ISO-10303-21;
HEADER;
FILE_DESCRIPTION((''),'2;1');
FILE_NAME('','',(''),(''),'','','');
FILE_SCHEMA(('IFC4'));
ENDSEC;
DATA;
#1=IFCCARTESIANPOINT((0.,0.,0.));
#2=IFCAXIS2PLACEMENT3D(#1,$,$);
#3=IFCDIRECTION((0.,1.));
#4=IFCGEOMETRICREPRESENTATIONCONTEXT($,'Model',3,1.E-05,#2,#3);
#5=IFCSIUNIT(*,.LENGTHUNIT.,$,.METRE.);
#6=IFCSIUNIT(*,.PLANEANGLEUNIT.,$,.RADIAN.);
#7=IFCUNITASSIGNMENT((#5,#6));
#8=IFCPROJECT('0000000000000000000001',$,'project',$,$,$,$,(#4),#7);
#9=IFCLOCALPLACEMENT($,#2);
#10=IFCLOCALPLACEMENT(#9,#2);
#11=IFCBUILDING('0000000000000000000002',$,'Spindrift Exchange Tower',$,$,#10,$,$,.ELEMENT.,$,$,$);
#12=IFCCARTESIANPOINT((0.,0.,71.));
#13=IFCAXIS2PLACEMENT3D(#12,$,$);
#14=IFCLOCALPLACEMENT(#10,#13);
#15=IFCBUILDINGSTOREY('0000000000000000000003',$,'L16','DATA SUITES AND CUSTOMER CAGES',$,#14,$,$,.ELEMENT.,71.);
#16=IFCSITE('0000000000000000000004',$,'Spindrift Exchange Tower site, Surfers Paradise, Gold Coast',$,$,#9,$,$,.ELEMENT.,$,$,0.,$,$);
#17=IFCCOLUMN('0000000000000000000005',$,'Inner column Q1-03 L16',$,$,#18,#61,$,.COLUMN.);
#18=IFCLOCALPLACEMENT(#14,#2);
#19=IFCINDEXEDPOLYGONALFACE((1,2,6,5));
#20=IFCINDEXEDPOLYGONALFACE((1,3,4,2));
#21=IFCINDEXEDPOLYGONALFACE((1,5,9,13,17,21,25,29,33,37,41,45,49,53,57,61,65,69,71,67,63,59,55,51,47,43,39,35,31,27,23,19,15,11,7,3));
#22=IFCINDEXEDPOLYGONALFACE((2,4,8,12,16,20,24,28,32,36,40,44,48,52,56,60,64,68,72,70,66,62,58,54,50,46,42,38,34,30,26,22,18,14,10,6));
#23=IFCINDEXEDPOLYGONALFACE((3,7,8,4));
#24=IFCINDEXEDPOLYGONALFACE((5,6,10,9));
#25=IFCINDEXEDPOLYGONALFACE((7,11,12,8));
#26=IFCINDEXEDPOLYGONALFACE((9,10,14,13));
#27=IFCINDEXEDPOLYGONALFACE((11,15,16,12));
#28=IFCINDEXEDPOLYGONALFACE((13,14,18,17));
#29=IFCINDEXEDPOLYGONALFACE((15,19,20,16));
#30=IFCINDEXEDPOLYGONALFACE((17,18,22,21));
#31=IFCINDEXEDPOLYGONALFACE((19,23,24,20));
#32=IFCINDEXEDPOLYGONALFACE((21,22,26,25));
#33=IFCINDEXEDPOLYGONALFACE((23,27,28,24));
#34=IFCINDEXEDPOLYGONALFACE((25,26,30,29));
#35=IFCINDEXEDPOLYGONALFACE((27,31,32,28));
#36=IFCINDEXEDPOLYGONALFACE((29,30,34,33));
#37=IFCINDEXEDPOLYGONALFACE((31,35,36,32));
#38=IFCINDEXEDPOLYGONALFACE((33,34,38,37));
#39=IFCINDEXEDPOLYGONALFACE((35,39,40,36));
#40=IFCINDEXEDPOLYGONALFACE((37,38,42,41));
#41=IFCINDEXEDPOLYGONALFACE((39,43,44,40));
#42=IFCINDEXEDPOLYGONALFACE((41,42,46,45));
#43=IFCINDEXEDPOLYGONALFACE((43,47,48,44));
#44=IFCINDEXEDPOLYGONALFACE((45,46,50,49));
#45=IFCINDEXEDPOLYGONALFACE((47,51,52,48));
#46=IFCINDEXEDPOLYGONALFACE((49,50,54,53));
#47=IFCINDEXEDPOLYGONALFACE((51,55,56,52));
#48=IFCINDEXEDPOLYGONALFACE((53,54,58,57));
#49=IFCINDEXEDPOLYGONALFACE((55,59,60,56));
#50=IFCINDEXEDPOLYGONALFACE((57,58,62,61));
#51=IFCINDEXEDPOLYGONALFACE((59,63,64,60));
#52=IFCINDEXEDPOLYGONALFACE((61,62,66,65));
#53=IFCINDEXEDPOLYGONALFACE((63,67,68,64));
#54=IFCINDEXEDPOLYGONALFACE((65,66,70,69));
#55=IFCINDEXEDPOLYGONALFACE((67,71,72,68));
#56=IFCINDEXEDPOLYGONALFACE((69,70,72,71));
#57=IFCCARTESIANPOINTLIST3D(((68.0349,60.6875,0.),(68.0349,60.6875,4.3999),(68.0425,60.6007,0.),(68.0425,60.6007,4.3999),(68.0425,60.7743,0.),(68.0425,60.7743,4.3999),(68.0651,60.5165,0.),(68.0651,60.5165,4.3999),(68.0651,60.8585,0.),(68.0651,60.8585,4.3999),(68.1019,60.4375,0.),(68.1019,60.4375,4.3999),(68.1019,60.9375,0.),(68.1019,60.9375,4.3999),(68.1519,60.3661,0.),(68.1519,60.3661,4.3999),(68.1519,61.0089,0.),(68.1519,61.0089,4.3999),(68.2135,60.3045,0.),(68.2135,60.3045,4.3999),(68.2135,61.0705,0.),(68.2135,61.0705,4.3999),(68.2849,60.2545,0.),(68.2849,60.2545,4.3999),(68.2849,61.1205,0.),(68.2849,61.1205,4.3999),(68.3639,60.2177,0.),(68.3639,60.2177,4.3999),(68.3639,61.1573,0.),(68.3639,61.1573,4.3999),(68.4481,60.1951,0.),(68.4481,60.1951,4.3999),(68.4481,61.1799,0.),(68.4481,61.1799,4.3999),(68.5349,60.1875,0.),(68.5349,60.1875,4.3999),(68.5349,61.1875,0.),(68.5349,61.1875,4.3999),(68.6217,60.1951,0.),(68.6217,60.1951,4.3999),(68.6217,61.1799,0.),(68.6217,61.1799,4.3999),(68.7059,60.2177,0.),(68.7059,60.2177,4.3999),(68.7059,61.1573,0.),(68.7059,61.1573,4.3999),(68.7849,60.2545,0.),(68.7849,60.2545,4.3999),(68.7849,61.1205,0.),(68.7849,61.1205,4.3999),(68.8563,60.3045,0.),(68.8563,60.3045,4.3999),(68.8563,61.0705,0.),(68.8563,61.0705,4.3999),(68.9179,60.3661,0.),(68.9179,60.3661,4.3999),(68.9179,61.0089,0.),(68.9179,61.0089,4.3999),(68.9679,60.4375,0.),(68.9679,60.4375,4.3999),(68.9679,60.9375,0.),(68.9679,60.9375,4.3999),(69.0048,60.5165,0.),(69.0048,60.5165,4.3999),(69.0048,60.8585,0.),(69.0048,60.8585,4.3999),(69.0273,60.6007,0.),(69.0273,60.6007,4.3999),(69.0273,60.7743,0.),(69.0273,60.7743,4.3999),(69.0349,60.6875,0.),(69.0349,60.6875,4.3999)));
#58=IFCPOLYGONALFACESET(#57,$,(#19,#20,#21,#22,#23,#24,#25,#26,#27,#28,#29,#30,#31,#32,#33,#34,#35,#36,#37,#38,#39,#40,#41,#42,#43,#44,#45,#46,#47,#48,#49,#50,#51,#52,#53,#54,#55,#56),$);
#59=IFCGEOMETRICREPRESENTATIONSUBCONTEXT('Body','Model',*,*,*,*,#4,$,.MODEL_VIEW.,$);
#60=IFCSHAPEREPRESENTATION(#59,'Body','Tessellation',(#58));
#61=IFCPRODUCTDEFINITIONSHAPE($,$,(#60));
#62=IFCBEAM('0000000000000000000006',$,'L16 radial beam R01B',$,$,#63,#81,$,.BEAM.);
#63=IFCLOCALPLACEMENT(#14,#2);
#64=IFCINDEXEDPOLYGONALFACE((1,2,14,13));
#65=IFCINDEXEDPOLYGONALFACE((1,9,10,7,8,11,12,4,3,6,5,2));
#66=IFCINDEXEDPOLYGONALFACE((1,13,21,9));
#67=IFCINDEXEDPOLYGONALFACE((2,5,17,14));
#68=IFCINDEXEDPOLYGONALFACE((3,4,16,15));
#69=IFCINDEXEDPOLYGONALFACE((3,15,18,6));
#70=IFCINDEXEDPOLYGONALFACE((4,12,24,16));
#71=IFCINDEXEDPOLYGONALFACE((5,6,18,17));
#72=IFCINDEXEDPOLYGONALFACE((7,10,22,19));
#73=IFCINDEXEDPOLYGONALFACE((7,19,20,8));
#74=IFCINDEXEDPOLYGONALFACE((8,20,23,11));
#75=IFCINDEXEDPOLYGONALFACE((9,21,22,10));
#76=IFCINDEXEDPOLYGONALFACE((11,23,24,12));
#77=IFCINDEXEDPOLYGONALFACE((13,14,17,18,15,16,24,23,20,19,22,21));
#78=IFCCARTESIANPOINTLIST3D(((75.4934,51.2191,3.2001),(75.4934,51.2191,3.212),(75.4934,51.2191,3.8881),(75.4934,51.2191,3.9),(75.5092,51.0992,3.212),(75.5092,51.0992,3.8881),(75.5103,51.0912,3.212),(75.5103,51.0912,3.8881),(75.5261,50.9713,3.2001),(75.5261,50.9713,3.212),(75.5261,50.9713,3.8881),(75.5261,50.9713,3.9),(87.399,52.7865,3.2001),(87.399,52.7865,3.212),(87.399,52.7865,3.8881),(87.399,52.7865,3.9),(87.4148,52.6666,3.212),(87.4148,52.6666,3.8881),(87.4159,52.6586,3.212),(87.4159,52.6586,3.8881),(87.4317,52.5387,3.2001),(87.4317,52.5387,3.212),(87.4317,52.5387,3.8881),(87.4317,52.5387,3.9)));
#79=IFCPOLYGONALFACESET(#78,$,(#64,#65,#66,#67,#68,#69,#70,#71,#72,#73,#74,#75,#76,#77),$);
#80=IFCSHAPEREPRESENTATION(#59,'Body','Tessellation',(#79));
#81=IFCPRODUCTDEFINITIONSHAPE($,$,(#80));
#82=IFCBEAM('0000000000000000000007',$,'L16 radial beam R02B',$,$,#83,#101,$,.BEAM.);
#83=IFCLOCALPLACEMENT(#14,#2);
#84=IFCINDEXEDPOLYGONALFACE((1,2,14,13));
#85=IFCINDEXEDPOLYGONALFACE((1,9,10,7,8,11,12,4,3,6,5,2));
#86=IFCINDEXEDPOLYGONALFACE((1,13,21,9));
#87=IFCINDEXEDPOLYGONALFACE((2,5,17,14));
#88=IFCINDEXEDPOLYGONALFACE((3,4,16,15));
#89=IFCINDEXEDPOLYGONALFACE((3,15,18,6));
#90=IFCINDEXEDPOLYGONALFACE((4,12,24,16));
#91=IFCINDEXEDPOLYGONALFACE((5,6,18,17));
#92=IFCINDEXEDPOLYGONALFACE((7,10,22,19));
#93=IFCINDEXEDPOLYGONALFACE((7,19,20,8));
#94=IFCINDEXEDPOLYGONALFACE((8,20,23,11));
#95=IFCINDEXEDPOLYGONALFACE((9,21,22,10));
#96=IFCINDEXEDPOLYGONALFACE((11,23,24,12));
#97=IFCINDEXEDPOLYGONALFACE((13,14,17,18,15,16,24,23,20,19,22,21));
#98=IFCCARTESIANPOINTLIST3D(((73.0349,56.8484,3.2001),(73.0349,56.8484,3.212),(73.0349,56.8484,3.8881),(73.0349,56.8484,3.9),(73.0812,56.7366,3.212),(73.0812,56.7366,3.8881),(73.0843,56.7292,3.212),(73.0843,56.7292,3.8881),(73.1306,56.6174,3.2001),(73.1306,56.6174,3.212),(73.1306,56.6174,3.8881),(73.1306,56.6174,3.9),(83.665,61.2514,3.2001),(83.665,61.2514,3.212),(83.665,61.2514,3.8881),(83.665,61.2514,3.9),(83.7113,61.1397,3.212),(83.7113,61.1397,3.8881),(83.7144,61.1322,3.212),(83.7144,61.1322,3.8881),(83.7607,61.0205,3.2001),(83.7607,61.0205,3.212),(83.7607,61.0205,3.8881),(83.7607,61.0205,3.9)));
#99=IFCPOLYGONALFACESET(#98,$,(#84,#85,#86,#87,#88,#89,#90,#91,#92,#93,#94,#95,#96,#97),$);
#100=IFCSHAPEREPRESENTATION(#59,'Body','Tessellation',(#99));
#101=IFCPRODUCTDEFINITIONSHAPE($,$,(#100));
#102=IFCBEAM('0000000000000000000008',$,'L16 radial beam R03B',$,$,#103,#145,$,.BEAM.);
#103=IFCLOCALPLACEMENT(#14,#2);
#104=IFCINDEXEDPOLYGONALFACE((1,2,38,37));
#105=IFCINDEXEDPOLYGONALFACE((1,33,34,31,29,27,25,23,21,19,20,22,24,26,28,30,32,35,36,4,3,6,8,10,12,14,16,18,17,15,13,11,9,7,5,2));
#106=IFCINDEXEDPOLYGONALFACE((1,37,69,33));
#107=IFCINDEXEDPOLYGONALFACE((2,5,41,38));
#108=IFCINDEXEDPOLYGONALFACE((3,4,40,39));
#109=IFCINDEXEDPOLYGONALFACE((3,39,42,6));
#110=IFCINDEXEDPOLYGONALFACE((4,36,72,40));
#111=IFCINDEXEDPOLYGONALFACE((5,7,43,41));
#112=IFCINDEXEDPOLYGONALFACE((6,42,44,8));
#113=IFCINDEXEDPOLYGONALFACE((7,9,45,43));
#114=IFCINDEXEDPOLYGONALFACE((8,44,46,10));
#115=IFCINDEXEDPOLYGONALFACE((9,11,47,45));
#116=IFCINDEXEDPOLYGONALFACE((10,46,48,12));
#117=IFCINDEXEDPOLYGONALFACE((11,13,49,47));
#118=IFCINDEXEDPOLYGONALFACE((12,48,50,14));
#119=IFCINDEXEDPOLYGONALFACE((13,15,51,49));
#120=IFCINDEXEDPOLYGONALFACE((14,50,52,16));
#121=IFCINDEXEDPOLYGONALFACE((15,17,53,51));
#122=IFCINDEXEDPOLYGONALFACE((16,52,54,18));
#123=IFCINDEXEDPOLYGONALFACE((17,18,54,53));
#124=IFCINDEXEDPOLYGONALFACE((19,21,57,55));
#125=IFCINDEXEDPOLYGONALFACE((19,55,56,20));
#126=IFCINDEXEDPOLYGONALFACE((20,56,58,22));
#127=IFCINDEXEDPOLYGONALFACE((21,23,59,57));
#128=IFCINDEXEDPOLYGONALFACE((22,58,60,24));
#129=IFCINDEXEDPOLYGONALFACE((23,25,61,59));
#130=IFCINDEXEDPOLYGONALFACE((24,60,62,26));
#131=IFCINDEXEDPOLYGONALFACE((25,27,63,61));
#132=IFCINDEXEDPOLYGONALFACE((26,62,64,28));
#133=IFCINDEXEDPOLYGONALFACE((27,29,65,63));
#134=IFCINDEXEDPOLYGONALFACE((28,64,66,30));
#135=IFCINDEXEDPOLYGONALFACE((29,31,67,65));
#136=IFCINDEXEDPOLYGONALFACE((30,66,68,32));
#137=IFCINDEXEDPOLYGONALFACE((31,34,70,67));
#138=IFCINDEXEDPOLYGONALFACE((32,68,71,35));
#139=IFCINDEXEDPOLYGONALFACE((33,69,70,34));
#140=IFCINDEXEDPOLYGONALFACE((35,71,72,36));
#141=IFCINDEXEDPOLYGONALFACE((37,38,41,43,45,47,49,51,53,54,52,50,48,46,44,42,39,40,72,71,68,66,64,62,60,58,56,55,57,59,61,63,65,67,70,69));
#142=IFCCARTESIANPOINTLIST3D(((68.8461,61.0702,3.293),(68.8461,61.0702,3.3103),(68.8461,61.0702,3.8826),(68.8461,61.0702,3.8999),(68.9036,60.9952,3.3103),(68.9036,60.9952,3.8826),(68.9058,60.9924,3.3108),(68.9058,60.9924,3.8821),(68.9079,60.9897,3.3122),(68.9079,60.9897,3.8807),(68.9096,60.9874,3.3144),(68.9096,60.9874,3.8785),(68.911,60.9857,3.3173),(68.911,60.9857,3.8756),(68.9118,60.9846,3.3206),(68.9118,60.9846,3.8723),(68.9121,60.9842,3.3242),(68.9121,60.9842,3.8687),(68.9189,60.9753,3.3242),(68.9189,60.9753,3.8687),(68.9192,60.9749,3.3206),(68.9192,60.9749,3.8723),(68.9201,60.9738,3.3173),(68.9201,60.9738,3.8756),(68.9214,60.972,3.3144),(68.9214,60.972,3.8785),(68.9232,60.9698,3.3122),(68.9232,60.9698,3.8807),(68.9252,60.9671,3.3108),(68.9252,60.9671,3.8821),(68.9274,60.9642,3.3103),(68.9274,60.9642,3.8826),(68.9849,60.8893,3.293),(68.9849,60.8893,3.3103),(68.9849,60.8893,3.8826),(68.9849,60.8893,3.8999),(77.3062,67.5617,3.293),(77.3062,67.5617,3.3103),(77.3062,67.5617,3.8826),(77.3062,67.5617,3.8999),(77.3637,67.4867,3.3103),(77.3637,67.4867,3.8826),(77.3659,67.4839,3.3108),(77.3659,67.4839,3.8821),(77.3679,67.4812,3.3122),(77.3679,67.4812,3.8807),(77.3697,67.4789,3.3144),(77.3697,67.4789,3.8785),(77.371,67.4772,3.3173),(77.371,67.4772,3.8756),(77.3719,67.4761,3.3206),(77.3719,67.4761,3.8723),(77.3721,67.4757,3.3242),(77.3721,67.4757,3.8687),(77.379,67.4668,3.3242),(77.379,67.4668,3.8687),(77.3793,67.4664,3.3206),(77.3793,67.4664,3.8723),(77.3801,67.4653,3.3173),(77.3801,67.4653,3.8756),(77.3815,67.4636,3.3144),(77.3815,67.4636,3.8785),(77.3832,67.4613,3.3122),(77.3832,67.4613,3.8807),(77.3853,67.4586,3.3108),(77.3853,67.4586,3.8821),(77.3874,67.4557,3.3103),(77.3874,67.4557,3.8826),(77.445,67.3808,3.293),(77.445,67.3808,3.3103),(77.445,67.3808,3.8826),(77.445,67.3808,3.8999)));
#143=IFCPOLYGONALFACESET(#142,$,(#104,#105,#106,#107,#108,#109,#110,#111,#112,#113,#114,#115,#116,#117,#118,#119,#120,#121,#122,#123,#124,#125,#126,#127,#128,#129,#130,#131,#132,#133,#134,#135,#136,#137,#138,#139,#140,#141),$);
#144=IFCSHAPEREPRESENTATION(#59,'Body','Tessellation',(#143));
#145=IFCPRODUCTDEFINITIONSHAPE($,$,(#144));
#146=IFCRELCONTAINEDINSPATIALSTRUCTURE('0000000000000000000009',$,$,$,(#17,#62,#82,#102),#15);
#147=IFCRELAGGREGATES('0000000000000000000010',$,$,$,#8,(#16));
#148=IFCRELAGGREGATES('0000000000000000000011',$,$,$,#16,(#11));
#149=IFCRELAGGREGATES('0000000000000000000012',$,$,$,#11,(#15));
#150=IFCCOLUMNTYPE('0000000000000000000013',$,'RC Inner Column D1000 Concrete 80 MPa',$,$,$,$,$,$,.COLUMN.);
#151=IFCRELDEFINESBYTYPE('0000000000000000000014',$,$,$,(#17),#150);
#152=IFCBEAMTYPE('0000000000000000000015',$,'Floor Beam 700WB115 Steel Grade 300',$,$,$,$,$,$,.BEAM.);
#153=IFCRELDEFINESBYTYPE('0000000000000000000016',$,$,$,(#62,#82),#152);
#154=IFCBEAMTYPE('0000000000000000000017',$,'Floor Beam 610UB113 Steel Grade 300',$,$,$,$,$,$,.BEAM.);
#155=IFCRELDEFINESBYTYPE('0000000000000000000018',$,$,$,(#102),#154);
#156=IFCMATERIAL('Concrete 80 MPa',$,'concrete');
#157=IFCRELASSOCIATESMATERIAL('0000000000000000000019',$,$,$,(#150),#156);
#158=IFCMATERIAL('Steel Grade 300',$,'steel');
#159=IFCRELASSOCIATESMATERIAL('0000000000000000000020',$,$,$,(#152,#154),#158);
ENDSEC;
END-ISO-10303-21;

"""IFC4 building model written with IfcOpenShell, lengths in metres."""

from ifc_helpers import new_model, si_unit, direction, frame, origin, origin_2d, place, context, subcontext, project, spatial, circle, i_section, extrude, source, transform, mapped, material, material_profile, profile_set, type_object, element, save


model = new_model("IFC4")

# Units and contexts
model_context = context("Model", 3, precision=1e-05, world=origin(), true_north=direction((0.0, 1.0)))
body_context = subcontext(model_context, "Body", "Model", "MODEL_VIEW")
ifc_project = project(units=[si_unit("LENGTHUNIT", "METRE"), si_unit("PLANEANGLEUNIT", "RADIAN")], contexts=[model_context])

# Site, building, storey
site_placement = place(None, origin())
site = spatial("IfcSite", under=ifc_project, at=site_placement, Name="Spindrift Exchange Tower site, Surfers Paradise, Gold Coast", CompositionType="ELEMENT", RefElevation=0.0)
building_placement = place(site_placement, origin())
building = spatial("IfcBuilding", under=site, at=building_placement, Name="Spindrift Exchange Tower", CompositionType="ELEMENT")
storey_placement = place(building_placement, frame((0.0, 0.0, 71.0)))
storey = spatial("IfcBuildingStorey", under=building, at=storey_placement, Name="L16", Description="DATA SUITES AND CUSTOMER CAGES", CompositionType="ELEMENT", Elevation=71.0)

# Column
ifc_material_1 = material(Name="Concrete 80 MPa", Category="concrete")
ifc_material_profile_1 = material_profile(ifc_material_1, circle(Radius=0.5, at=origin_2d()), Name="RC D1000")
ifc_profile_set_1 = profile_set([ifc_material_profile_1], Name="Concrete 80 MPa")
column_type_1 = type_object("IfcColumnType", Name="RC Inner Column D1000 Concrete 80 MPa", PredefinedType="COLUMN", material=ifc_profile_set_1)
shared_shape_1 = source(origin(), body_context, "Body", "SweptSolid", [
    extrude(circle(Radius=0.5, at=origin_2d()), origin(), (0.0, 0.0, 1.0), 4.3999),
])
for number, where, z_axis, x_axis, name in (
    (1, (68.5349, 60.6875, 0.0), (0.0, 0.0, 1.0), (1.0, 0.0, 0.0), "Inner column Q1-03 L16"),
):
    element("IfcColumn", number, at=place(storey_placement, frame(where, z_axis=z_axis, x_axis=x_axis)), inside=storey, type_object=column_type_1, Name=name, PredefinedType="COLUMN", context=body_context, shape_type="MappedRepresentation", body=[
        mapped(shared_shape_1, transform((0.0, 0.0, 0.0), scale=1.0)),
    ])

# Beams
ifc_material_2 = material(Name="Steel Grade 300", Category="steel")
ifc_material_profile_2 = material_profile(ifc_material_2, i_section(OverallWidth=0.25, OverallDepth=0.7, WebThickness=0.0081, FlangeThickness=0.012, at=origin_2d()), Name="700WB115")
ifc_profile_set_2 = profile_set([ifc_material_profile_2], Name="Steel Grade 300")
beam_type_1 = type_object("IfcBeamType", Name="Floor Beam 700WB115 Steel Grade 300", PredefinedType="BEAM", material=ifc_profile_set_2)
shared_shape_2 = source(origin(), body_context, "Body", "SweptSolid", [
    extrude(i_section(OverallWidth=0.25, OverallDepth=0.7, WebThickness=0.0081, FlangeThickness=0.012, at=origin_2d()), origin(), (0.0, 0.0, 1.0), 12.0083),
])
beam_1_placement = place(storey_placement, frame((75.5098, 51.0952, 3.55), z_axis=(0.991445, 0.130526, 0.0), x_axis=(-0.130526, 0.991445, 0.0)))
element("IfcBeam", 2, at=beam_1_placement, inside=storey, type_object=beam_type_1, Name="L16 radial beam R01B", PredefinedType="BEAM", context=body_context, shape_type="MappedRepresentation", body=[
    mapped(shared_shape_2, transform((0.0, 0.0, 0.0), scale=1.0)),
])
shared_shape_3 = source(origin(), body_context, "Body", "SweptSolid", [
    extrude(i_section(OverallWidth=0.25, OverallDepth=0.7, WebThickness=0.0081, FlangeThickness=0.012, at=origin_2d()), origin(), (0.0, 0.0, 1.0), 11.5059),
])
beam_2_placement = place(storey_placement, frame((73.0828, 56.7329, 3.55), z_axis=(0.923882, 0.382678, 0.0), x_axis=(-0.382678, 0.923882, 0.0)))
element("IfcBeam", 3, at=beam_2_placement, inside=storey, type_object=beam_type_1, Name="L16 radial beam R02B", PredefinedType="BEAM", context=body_context, shape_type="MappedRepresentation", body=[
    mapped(shared_shape_3, transform((0.0, 0.0, 0.0), scale=1.0)),
])
ifc_material_profile_3 = material_profile(ifc_material_2, i_section(OverallWidth=0.228, OverallDepth=0.6069, WebThickness=0.0112, FlangeThickness=0.0173, FilletRadius=0.0139, at=origin_2d()), Name="610UB113")
ifc_profile_set_3 = profile_set([ifc_material_profile_3], Name="Steel Grade 300")
beam_type_2 = type_object("IfcBeamType", Name="Floor Beam 610UB113 Steel Grade 300", PredefinedType="BEAM", material=ifc_profile_set_3)
shared_shape_4 = source(origin(), body_context, "Body", "SweptSolid", [
    extrude(i_section(OverallWidth=0.228, OverallDepth=0.6069, WebThickness=0.0112, FlangeThickness=0.0173, FilletRadius=0.0139, at=origin_2d()), origin(), (0.0, 0.0, 1.0), 10.6636),
])
beam_3_placement = place(storey_placement, frame((68.9155, 60.9797, 3.5964), z_axis=(0.793358, 0.608755, 0.0), x_axis=(-0.608755, 0.793358, 0.0)))
element("IfcBeam", 4, at=beam_3_placement, inside=storey, type_object=beam_type_2, Name="L16 radial beam R03B", PredefinedType="BEAM", context=body_context, shape_type="MappedRepresentation", body=[
    mapped(shared_shape_4, transform((0.0, 0.0, 0.0), scale=1.0)),
])

save(model, "model.ifc")
